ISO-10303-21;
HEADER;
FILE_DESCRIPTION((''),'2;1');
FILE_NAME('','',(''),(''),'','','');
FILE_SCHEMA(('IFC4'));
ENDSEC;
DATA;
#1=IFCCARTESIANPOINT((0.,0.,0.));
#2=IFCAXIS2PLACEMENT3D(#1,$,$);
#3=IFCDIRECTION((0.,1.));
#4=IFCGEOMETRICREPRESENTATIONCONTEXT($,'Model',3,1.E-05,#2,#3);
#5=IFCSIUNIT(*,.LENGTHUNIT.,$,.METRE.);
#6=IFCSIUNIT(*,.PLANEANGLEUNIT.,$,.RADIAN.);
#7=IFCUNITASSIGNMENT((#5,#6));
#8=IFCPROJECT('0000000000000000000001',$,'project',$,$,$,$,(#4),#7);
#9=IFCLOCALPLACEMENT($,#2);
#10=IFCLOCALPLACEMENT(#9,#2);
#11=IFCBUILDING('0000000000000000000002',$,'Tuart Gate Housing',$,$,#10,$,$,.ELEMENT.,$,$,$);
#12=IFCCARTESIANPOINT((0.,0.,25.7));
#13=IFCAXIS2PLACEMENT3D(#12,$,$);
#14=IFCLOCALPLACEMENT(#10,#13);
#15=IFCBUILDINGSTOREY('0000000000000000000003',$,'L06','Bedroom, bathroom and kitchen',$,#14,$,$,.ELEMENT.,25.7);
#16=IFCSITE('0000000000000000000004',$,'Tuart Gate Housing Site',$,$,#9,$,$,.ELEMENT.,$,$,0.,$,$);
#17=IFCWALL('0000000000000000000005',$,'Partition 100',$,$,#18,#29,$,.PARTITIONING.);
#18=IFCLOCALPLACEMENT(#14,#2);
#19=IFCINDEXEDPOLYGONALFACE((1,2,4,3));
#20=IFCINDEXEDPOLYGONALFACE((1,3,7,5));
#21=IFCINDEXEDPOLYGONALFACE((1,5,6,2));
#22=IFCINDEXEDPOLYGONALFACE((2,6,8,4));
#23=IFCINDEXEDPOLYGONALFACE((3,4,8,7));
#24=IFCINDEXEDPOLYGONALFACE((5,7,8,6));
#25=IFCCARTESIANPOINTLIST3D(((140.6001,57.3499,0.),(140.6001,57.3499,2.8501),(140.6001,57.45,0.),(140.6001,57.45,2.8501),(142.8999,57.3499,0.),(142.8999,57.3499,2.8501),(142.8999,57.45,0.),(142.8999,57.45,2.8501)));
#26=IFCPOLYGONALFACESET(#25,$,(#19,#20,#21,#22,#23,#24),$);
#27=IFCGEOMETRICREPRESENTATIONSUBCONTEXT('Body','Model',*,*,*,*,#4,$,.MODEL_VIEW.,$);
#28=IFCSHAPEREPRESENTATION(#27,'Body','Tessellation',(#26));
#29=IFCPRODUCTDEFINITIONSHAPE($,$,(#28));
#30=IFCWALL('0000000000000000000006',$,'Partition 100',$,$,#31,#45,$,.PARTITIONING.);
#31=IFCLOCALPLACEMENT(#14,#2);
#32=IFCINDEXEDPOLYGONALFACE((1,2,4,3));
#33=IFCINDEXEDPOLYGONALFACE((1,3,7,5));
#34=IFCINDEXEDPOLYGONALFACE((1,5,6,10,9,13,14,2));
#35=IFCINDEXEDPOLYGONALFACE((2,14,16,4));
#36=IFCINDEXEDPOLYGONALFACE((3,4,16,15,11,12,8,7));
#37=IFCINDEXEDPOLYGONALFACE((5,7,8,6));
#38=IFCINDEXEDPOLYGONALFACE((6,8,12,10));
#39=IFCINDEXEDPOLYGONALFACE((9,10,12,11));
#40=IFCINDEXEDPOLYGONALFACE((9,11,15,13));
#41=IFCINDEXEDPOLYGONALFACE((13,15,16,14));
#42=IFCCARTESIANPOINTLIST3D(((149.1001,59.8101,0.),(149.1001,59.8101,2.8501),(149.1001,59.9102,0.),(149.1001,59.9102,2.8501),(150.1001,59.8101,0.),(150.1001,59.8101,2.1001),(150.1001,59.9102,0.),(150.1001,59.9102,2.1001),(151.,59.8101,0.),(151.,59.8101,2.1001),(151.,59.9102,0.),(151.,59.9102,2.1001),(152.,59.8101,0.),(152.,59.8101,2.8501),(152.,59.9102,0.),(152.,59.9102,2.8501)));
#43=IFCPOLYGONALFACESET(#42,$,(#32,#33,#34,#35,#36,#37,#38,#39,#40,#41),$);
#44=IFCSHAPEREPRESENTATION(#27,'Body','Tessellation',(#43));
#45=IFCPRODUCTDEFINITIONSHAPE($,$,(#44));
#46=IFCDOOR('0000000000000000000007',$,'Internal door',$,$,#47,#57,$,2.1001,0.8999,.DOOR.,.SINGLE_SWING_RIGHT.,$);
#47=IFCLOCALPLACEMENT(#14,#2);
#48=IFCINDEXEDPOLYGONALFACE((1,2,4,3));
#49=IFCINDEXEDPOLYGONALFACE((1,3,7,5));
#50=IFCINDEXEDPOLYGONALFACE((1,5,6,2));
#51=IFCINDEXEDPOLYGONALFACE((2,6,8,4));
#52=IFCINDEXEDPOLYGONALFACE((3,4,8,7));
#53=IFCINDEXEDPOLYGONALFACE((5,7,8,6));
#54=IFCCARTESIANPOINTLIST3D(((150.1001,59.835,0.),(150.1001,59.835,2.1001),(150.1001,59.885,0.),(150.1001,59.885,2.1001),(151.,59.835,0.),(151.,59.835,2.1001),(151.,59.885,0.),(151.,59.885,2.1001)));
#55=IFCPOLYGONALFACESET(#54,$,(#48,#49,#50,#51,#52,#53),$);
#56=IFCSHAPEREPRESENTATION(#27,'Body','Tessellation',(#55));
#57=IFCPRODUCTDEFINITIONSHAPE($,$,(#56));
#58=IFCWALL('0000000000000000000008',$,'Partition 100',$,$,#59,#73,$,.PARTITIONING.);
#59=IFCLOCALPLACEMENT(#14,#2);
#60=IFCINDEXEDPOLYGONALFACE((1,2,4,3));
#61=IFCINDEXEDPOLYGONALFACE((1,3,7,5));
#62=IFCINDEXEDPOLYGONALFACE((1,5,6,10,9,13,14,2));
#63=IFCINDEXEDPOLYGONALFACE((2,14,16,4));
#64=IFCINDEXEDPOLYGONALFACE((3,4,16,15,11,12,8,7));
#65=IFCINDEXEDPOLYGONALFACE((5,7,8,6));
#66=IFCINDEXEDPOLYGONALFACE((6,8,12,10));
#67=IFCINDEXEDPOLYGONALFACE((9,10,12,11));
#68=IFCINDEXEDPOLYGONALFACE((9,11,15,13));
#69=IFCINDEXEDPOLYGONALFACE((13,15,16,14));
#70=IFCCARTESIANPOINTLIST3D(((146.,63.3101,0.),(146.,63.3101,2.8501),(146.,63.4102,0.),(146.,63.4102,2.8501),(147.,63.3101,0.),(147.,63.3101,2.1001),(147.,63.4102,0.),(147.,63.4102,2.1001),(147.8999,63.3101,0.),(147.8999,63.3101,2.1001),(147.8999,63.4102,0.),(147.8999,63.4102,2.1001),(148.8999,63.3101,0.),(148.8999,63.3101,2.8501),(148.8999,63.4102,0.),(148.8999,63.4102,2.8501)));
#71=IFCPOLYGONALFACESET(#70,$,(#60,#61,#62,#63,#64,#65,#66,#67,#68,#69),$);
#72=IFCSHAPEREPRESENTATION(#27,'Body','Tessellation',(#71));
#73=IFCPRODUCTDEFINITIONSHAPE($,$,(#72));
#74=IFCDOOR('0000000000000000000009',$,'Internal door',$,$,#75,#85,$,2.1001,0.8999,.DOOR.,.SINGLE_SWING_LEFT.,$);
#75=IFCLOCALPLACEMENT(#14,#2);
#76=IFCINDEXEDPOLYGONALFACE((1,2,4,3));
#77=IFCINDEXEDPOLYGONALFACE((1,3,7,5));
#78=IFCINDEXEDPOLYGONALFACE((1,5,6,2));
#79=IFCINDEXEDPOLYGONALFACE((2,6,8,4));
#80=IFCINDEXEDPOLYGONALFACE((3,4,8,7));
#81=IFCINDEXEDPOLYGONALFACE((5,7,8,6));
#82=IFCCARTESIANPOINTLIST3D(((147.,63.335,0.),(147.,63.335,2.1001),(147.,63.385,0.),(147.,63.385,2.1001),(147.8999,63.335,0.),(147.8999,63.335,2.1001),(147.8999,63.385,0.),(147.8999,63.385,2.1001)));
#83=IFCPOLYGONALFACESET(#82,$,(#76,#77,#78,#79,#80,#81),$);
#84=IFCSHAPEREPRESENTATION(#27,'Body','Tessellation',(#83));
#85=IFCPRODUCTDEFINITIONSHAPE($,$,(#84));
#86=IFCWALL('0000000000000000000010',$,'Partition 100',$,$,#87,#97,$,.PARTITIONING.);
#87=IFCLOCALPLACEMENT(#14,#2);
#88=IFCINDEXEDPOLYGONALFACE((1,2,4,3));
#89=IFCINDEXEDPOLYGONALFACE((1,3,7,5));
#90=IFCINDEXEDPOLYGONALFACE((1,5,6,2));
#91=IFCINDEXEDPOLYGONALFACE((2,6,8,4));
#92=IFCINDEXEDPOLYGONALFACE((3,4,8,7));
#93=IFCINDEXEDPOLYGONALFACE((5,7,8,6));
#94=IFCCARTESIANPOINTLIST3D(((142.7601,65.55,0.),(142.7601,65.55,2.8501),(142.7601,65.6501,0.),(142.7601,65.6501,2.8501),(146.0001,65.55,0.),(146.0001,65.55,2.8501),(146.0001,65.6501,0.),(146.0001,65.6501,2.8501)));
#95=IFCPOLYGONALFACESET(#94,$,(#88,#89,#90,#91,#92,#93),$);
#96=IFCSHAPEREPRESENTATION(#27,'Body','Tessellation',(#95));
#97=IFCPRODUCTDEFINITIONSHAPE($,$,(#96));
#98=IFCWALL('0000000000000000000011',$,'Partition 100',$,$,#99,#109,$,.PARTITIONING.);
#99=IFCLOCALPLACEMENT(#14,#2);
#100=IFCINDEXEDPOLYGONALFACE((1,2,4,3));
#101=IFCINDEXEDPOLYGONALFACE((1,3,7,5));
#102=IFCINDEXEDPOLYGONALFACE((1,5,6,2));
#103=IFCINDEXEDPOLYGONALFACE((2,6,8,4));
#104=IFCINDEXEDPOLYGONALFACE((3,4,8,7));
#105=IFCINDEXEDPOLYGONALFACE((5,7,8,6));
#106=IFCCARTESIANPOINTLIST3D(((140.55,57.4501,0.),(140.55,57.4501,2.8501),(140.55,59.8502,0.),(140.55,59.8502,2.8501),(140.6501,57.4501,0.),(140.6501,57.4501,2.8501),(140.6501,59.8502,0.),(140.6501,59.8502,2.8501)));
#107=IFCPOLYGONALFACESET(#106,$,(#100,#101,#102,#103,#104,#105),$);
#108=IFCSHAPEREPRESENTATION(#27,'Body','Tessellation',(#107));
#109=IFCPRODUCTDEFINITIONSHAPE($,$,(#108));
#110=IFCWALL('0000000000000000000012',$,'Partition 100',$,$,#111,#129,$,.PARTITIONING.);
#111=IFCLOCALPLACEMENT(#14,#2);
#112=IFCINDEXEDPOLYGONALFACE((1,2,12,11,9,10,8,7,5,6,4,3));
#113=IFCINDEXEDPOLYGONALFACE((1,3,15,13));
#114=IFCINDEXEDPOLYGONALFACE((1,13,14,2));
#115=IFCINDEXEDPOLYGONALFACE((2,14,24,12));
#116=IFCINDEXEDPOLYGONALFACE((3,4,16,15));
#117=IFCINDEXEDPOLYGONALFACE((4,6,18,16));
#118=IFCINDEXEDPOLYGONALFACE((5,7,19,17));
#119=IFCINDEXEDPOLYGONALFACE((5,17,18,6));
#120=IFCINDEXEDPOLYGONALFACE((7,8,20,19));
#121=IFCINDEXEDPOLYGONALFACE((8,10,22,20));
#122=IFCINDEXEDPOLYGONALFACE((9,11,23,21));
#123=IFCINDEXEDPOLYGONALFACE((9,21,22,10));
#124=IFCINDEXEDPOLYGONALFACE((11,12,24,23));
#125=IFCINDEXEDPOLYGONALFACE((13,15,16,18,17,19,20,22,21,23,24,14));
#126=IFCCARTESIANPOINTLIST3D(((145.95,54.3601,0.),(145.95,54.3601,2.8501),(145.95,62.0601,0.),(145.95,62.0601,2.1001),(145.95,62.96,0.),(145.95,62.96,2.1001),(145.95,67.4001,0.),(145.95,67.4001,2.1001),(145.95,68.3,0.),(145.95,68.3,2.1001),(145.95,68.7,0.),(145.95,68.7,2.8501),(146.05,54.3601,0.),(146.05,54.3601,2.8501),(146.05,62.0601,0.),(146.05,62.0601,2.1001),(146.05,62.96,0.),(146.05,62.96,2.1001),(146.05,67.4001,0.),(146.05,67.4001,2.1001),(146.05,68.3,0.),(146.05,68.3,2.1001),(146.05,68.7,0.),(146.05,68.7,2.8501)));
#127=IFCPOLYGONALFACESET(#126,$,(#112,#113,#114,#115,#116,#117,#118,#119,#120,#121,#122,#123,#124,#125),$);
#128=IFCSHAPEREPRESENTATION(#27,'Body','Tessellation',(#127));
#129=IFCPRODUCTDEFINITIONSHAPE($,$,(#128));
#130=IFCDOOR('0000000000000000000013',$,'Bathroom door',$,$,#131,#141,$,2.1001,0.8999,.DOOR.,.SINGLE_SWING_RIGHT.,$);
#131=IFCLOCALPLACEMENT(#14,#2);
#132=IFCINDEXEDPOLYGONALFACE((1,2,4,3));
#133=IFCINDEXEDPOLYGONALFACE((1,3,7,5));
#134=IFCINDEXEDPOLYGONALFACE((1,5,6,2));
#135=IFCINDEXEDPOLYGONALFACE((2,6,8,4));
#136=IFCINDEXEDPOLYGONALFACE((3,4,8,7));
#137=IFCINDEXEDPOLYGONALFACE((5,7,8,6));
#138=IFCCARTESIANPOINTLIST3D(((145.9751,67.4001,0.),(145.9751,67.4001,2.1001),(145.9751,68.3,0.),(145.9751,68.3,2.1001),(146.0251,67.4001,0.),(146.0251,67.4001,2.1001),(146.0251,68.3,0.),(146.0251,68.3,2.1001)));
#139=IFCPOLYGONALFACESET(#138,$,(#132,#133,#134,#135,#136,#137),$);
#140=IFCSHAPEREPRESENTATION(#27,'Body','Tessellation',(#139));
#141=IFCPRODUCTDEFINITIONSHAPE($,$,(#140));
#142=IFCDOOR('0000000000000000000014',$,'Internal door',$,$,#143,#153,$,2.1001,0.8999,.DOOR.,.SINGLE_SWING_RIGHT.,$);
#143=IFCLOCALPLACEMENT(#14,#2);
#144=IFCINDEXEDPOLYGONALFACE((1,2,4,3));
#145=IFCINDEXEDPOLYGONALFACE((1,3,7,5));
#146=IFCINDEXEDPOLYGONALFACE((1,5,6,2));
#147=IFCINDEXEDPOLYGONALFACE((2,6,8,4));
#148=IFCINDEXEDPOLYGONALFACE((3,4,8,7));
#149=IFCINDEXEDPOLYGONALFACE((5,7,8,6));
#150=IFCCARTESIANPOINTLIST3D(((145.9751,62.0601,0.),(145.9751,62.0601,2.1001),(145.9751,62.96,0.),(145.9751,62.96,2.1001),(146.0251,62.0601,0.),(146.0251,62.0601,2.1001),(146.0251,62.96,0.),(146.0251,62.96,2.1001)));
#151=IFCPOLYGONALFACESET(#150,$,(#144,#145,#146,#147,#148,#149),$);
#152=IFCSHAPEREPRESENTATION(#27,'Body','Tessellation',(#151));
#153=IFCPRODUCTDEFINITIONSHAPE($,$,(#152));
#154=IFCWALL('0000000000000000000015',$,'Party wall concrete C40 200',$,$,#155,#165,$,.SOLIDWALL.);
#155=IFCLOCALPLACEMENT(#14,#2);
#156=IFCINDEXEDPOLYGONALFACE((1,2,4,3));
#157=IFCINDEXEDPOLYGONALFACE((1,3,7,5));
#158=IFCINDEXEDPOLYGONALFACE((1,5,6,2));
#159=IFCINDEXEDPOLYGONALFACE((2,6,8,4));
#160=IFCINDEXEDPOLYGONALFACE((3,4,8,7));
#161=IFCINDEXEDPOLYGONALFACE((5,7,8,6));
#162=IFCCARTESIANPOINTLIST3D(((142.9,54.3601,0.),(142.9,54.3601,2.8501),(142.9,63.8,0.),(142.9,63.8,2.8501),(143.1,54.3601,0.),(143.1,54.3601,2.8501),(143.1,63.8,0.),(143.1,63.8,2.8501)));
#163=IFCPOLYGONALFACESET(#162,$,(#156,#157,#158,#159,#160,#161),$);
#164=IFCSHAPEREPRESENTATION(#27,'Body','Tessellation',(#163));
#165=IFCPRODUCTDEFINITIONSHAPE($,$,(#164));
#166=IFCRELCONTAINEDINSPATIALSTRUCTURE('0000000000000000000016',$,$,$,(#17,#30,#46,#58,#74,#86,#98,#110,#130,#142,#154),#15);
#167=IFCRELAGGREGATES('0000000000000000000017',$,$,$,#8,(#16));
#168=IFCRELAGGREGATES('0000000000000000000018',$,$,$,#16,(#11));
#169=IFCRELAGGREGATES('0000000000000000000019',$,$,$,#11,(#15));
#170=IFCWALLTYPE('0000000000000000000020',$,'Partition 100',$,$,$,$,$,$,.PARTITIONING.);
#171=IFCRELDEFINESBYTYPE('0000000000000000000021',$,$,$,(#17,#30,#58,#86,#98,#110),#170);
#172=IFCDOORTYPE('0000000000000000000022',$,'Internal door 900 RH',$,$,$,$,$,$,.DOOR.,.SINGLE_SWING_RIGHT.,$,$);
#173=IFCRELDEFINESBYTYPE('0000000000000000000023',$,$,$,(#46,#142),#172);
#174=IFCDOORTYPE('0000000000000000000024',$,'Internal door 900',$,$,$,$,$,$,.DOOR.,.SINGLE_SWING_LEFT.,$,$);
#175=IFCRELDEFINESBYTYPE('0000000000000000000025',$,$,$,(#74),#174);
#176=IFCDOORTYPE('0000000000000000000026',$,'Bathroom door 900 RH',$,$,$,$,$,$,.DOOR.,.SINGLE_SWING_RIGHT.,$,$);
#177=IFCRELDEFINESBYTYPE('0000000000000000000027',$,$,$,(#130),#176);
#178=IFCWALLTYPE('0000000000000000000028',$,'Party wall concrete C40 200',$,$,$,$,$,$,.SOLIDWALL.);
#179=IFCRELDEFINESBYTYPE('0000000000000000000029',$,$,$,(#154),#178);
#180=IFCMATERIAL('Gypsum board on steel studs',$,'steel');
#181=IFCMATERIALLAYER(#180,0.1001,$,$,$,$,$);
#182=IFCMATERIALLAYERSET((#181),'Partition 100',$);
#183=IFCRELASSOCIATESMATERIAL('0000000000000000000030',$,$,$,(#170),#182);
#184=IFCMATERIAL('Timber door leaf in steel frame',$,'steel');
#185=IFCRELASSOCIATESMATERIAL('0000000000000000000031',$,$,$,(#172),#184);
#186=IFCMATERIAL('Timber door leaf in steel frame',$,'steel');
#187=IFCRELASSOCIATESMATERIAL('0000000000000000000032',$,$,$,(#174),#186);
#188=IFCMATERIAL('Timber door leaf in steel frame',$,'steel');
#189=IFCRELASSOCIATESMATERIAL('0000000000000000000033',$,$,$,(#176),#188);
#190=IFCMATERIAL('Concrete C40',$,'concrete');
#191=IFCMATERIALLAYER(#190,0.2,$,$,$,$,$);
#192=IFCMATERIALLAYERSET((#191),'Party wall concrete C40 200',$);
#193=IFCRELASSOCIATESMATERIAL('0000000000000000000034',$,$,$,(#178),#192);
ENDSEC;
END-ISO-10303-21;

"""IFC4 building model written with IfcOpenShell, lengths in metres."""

from ifc_helpers import new_model, si_unit, direction, frame, frame_2d, origin, place, context, subcontext, project, spatial, rectangle, extrude, material, layer, layer_set, type_object, element, fill, save


model = new_model("IFC4")

# Units and contexts
model_context = context("Model", 3, precision=1e-05, world=origin(), true_north=direction((0.0, 1.0)))
body_context = subcontext(model_context, "Body", "Model", "MODEL_VIEW")
ifc_project = project(units=[si_unit("LENGTHUNIT", "METRE"), si_unit("PLANEANGLEUNIT", "RADIAN")], contexts=[model_context])

# Site, building, storey
site_placement = place(None, origin())
site = spatial("IfcSite", under=ifc_project, at=site_placement, Name="Tuart Gate Housing Site", CompositionType="ELEMENT", RefElevation=0.0)
building_placement = place(site_placement, origin())
building = spatial("IfcBuilding", under=site, at=building_placement, Name="Tuart Gate Housing", CompositionType="ELEMENT")
storey_placement = place(building_placement, frame((0.0, 0.0, 25.7)))
storey = spatial("IfcBuildingStorey", under=building, at=storey_placement, Name="L06", Description="Bedroom, bathroom and kitchen", CompositionType="ELEMENT", Elevation=25.7)

# Wall
ifc_material_1 = material(Name="Gypsum board on steel studs", Category="steel")
ifc_layer_1 = layer(ifc_material_1, 0.1001)
ifc_layer_set_1 = layer_set([ifc_layer_1], Name="Partition 100")
wall_type_1 = type_object("IfcWallType", Name="Partition 100", PredefinedType="PARTITIONING", material=ifc_layer_set_1)
wall_1_placement = place(storey_placement, frame((140.6001, 57.3999, 0.0), z_axis=(0.0, 0.0, 1.0), x_axis=(1.0, 0.0, 0.0)))
element("IfcWall", 1, at=wall_1_placement, inside=storey, type_object=wall_type_1, Name="Partition 100", PredefinedType="PARTITIONING", context=body_context, shape_type="SweptSolid", body=[
    extrude(rectangle(XDim=2.2998, YDim=0.1001, at=frame_2d((1.1499, 0.0))), origin(), (0.0, 0.0, 1.0), 2.8501),
])

# Walls, openings, doors
wall_2_placement = place(storey_placement, frame((149.1001, 59.8601, 0.0), z_axis=(0.0, 0.0, 1.0), x_axis=(1.0, 0.0, 0.0)))
wall_2 = element("IfcWall", 2, at=wall_2_placement, inside=storey, type_object=wall_type_1, Name="Partition 100", PredefinedType="PARTITIONING", context=body_context, shape_type="SweptSolid", body=[
    extrude(rectangle(XDim=2.8999, YDim=0.1001, at=frame_2d((1.45, 0.0))), origin(), (0.0, 0.0, 1.0), 2.8501),
])
opening_1_placement = place(wall_2_placement, frame((1.0, 0.0, 0.0)))
opening_1 = element("IfcOpeningElement", 3, at=opening_1_placement, cuts=wall_2, PredefinedType="OPENING", context=body_context, shape_type="SweptSolid", body=[
    extrude(rectangle(XDim=0.8999, YDim=2.1001, at=frame_2d((0.45, 1.05))), frame((0.0, 0.0601, 0.0), z_axis=(0.0, -1.0, 0.0), x_axis=(1.0, 0.0, 0.0)), (0.0, 0.0, 1.0), 0.1201),
])
ifc_material_2 = material(Name="Timber door leaf in steel frame", Category="steel")
door_type_1 = type_object("IfcDoorType", Name="Internal door 900 RH", OperationType="SINGLE_SWING_RIGHT", PredefinedType="DOOR", material=ifc_material_2)
door_1_placement = place(opening_1_placement, origin())
door_1 = element("IfcDoor", 4, at=door_1_placement, inside=storey, type_object=door_type_1, Name="Internal door", OperationType="SINGLE_SWING_RIGHT", OverallHeight=2.1001, OverallWidth=0.8999, PredefinedType="DOOR", context=body_context, shape_type="SweptSolid", body=[
    extrude(rectangle(XDim=0.8999, YDim=2.1001, at=frame_2d((0.45, 1.05))), frame((0.0, 0.0249, 0.0), z_axis=(0.0, -1.0, 0.0), x_axis=(1.0, 0.0, 0.0)), (0.0, 0.0, 1.0), 0.05),
])
fill(opening_1, door_1)
wall_3_placement = place(storey_placement, frame((146.0, 63.3601, 0.0), z_axis=(0.0, 0.0, 1.0), x_axis=(1.0, 0.0, 0.0)))
wall_3 = element("IfcWall", 5, at=wall_3_placement, inside=storey, type_object=wall_type_1, Name="Partition 100", PredefinedType="PARTITIONING", context=body_context, shape_type="SweptSolid", body=[
    extrude(rectangle(XDim=2.8999, YDim=0.1001, at=frame_2d((1.45, 0.0))), origin(), (0.0, 0.0, 1.0), 2.8501),
])
opening_2_placement = place(wall_3_placement, frame((1.0, 0.0, 0.0)))
opening_2 = element("IfcOpeningElement", 6, at=opening_2_placement, cuts=wall_3, PredefinedType="OPENING", context=body_context, shape_type="SweptSolid", body=[
    extrude(rectangle(XDim=0.8999, YDim=2.1001, at=frame_2d((0.45, 1.05))), frame((0.0, 0.0601, 0.0), z_axis=(0.0, -1.0, 0.0), x_axis=(1.0, 0.0, 0.0)), (0.0, 0.0, 1.0), 0.1201),
])
ifc_material_3 = material(Name="Timber door leaf in steel frame", Category="steel")
door_type_2 = type_object("IfcDoorType", Name="Internal door 900", OperationType="SINGLE_SWING_LEFT", PredefinedType="DOOR", material=ifc_material_3)
door_2_placement = place(opening_2_placement, origin())
door_2 = element("IfcDoor", 7, at=door_2_placement, inside=storey, type_object=door_type_2, Name="Internal door", OperationType="SINGLE_SWING_LEFT", OverallHeight=2.1001, OverallWidth=0.8999, PredefinedType="DOOR", context=body_context, shape_type="SweptSolid", body=[
    extrude(rectangle(XDim=0.8999, YDim=2.1001, at=frame_2d((0.45, 1.05))), frame((0.0, 0.0249, 0.0), z_axis=(0.0, -1.0, 0.0), x_axis=(1.0, 0.0, 0.0)), (0.0, 0.0, 1.0), 0.05),
])
fill(opening_2, door_2)

# Walls
wall_4_placement = place(storey_placement, frame((142.76, 65.6001, 0.0), z_axis=(0.0, 0.0, 1.0), x_axis=(1.0, 0.0, 0.0)))
element("IfcWall", 8, at=wall_4_placement, inside=storey, type_object=wall_type_1, Name="Partition 100", PredefinedType="PARTITIONING", context=body_context, shape_type="SweptSolid", body=[
    extrude(rectangle(XDim=3.24, YDim=0.1001, at=frame_2d((1.6201, 0.0))), origin(), (0.0, 0.0, 1.0), 2.8501),
])
wall_5_placement = place(storey_placement, frame((140.6001, 57.45, 0.0), z_axis=(0.0, 0.0, 1.0), x_axis=(0.0, 1.0, 0.0)))
element("IfcWall", 9, at=wall_5_placement, inside=storey, type_object=wall_type_1, Name="Partition 100", PredefinedType="PARTITIONING", context=body_context, shape_type="SweptSolid", body=[
    extrude(rectangle(XDim=2.4001, YDim=0.1001, at=frame_2d((1.2002, 0.0))), origin(), (0.0, 0.0, 1.0), 2.8501),
])

# Wall, openings, doors
wall_6_placement = place(storey_placement, frame((146.0, 54.3601, 0.0), z_axis=(0.0, 0.0, 1.0), x_axis=(0.0, 1.0, 0.0)))
wall_6 = element("IfcWall", 10, at=wall_6_placement, inside=storey, type_object=wall_type_1, Name="Partition 100", PredefinedType="PARTITIONING", context=body_context, shape_type="SweptSolid", body=[
    extrude(rectangle(XDim=14.3398, YDim=0.1001, at=frame_2d((7.1699, 0.0))), origin(), (0.0, 0.0, 1.0), 2.8501),
])
opening_3_placement = place(wall_6_placement, frame((7.7, 0.0, 0.0)))
opening_3 = element("IfcOpeningElement", 11, at=opening_3_placement, cuts=wall_6, PredefinedType="OPENING", context=body_context, shape_type="SweptSolid", body=[
    extrude(rectangle(XDim=0.8999, YDim=2.1001, at=frame_2d((0.45, 1.05))), frame((0.0, 0.0601, 0.0), z_axis=(0.0, -1.0, 0.0), x_axis=(1.0, 0.0, 0.0)), (0.0, 0.0, 1.0), 0.1201),
])
opening_4_placement = place(wall_6_placement, frame((13.04, 0.0, 0.0)))
opening_4 = element("IfcOpeningElement", 12, at=opening_4_placement, cuts=wall_6, PredefinedType="OPENING", context=body_context, shape_type="SweptSolid", body=[
    extrude(rectangle(XDim=0.8999, YDim=2.1001, at=frame_2d((0.45, 1.05))), frame((0.0, 0.0601, 0.0), z_axis=(0.0, -1.0, 0.0), x_axis=(1.0, 0.0, 0.0)), (0.0, 0.0, 1.0), 0.1201),
])
ifc_material_4 = material(Name="Timber door leaf in steel frame", Category="steel")
door_type_3 = type_object("IfcDoorType", Name="Bathroom door 900 RH", OperationType="SINGLE_SWING_RIGHT", PredefinedType="DOOR", material=ifc_material_4)
door_3_placement = place(opening_4_placement, origin())
door_3 = element("IfcDoor", 13, at=door_3_placement, inside=storey, type_object=door_type_3, Name="Bathroom door", OperationType="SINGLE_SWING_RIGHT", OverallHeight=2.1001, OverallWidth=0.8999, PredefinedType="DOOR", context=body_context, shape_type="SweptSolid", body=[
    extrude(rectangle(XDim=0.8999, YDim=2.1001, at=frame_2d((0.45, 1.05))), frame((0.0, 0.0249, 0.0), z_axis=(0.0, -1.0, 0.0), x_axis=(1.0, 0.0, 0.0)), (0.0, 0.0, 1.0), 0.05),
])
fill(opening_4, door_3)
door_4_placement = place(opening_3_placement, origin())
door_4 = element("IfcDoor", 14, at=door_4_placement, inside=storey, type_object=door_type_1, Name="Internal door", OperationType="SINGLE_SWING_RIGHT", OverallHeight=2.1001, OverallWidth=0.8999, PredefinedType="DOOR", context=body_context, shape_type="SweptSolid", body=[
    extrude(rectangle(XDim=0.8999, YDim=2.1001, at=frame_2d((0.45, 1.05))), frame((0.0, 0.0249, 0.0), z_axis=(0.0, -1.0, 0.0), x_axis=(1.0, 0.0, 0.0)), (0.0, 0.0, 1.0), 0.05),
])
fill(opening_3, door_4)

# Wall
ifc_material_5 = material(Name="Concrete C40", Category="concrete")
ifc_layer_2 = layer(ifc_material_5, 0.2)
ifc_layer_set_2 = layer_set([ifc_layer_2], Name="Party wall concrete C40 200")
wall_type_2 = type_object("IfcWallType", Name="Party wall concrete C40 200", PredefinedType="SOLIDWALL", material=ifc_layer_set_2)
wall_7_placement = place(storey_placement, frame((143.0, 54.3601, 0.0), z_axis=(0.0, 0.0, 1.0), x_axis=(0.0, 1.0, 0.0)))
element("IfcWall", 15, at=wall_7_placement, inside=storey, type_object=wall_type_2, Name="Party wall concrete C40 200", PredefinedType="SOLIDWALL", context=body_context, shape_type="SweptSolid", body=[
    extrude(rectangle(XDim=9.4399, YDim=0.2, at=frame_2d((4.72, 0.0))), origin(), (0.0, 0.0, 1.0), 2.8501),
])

save(model, "model.ifc")
